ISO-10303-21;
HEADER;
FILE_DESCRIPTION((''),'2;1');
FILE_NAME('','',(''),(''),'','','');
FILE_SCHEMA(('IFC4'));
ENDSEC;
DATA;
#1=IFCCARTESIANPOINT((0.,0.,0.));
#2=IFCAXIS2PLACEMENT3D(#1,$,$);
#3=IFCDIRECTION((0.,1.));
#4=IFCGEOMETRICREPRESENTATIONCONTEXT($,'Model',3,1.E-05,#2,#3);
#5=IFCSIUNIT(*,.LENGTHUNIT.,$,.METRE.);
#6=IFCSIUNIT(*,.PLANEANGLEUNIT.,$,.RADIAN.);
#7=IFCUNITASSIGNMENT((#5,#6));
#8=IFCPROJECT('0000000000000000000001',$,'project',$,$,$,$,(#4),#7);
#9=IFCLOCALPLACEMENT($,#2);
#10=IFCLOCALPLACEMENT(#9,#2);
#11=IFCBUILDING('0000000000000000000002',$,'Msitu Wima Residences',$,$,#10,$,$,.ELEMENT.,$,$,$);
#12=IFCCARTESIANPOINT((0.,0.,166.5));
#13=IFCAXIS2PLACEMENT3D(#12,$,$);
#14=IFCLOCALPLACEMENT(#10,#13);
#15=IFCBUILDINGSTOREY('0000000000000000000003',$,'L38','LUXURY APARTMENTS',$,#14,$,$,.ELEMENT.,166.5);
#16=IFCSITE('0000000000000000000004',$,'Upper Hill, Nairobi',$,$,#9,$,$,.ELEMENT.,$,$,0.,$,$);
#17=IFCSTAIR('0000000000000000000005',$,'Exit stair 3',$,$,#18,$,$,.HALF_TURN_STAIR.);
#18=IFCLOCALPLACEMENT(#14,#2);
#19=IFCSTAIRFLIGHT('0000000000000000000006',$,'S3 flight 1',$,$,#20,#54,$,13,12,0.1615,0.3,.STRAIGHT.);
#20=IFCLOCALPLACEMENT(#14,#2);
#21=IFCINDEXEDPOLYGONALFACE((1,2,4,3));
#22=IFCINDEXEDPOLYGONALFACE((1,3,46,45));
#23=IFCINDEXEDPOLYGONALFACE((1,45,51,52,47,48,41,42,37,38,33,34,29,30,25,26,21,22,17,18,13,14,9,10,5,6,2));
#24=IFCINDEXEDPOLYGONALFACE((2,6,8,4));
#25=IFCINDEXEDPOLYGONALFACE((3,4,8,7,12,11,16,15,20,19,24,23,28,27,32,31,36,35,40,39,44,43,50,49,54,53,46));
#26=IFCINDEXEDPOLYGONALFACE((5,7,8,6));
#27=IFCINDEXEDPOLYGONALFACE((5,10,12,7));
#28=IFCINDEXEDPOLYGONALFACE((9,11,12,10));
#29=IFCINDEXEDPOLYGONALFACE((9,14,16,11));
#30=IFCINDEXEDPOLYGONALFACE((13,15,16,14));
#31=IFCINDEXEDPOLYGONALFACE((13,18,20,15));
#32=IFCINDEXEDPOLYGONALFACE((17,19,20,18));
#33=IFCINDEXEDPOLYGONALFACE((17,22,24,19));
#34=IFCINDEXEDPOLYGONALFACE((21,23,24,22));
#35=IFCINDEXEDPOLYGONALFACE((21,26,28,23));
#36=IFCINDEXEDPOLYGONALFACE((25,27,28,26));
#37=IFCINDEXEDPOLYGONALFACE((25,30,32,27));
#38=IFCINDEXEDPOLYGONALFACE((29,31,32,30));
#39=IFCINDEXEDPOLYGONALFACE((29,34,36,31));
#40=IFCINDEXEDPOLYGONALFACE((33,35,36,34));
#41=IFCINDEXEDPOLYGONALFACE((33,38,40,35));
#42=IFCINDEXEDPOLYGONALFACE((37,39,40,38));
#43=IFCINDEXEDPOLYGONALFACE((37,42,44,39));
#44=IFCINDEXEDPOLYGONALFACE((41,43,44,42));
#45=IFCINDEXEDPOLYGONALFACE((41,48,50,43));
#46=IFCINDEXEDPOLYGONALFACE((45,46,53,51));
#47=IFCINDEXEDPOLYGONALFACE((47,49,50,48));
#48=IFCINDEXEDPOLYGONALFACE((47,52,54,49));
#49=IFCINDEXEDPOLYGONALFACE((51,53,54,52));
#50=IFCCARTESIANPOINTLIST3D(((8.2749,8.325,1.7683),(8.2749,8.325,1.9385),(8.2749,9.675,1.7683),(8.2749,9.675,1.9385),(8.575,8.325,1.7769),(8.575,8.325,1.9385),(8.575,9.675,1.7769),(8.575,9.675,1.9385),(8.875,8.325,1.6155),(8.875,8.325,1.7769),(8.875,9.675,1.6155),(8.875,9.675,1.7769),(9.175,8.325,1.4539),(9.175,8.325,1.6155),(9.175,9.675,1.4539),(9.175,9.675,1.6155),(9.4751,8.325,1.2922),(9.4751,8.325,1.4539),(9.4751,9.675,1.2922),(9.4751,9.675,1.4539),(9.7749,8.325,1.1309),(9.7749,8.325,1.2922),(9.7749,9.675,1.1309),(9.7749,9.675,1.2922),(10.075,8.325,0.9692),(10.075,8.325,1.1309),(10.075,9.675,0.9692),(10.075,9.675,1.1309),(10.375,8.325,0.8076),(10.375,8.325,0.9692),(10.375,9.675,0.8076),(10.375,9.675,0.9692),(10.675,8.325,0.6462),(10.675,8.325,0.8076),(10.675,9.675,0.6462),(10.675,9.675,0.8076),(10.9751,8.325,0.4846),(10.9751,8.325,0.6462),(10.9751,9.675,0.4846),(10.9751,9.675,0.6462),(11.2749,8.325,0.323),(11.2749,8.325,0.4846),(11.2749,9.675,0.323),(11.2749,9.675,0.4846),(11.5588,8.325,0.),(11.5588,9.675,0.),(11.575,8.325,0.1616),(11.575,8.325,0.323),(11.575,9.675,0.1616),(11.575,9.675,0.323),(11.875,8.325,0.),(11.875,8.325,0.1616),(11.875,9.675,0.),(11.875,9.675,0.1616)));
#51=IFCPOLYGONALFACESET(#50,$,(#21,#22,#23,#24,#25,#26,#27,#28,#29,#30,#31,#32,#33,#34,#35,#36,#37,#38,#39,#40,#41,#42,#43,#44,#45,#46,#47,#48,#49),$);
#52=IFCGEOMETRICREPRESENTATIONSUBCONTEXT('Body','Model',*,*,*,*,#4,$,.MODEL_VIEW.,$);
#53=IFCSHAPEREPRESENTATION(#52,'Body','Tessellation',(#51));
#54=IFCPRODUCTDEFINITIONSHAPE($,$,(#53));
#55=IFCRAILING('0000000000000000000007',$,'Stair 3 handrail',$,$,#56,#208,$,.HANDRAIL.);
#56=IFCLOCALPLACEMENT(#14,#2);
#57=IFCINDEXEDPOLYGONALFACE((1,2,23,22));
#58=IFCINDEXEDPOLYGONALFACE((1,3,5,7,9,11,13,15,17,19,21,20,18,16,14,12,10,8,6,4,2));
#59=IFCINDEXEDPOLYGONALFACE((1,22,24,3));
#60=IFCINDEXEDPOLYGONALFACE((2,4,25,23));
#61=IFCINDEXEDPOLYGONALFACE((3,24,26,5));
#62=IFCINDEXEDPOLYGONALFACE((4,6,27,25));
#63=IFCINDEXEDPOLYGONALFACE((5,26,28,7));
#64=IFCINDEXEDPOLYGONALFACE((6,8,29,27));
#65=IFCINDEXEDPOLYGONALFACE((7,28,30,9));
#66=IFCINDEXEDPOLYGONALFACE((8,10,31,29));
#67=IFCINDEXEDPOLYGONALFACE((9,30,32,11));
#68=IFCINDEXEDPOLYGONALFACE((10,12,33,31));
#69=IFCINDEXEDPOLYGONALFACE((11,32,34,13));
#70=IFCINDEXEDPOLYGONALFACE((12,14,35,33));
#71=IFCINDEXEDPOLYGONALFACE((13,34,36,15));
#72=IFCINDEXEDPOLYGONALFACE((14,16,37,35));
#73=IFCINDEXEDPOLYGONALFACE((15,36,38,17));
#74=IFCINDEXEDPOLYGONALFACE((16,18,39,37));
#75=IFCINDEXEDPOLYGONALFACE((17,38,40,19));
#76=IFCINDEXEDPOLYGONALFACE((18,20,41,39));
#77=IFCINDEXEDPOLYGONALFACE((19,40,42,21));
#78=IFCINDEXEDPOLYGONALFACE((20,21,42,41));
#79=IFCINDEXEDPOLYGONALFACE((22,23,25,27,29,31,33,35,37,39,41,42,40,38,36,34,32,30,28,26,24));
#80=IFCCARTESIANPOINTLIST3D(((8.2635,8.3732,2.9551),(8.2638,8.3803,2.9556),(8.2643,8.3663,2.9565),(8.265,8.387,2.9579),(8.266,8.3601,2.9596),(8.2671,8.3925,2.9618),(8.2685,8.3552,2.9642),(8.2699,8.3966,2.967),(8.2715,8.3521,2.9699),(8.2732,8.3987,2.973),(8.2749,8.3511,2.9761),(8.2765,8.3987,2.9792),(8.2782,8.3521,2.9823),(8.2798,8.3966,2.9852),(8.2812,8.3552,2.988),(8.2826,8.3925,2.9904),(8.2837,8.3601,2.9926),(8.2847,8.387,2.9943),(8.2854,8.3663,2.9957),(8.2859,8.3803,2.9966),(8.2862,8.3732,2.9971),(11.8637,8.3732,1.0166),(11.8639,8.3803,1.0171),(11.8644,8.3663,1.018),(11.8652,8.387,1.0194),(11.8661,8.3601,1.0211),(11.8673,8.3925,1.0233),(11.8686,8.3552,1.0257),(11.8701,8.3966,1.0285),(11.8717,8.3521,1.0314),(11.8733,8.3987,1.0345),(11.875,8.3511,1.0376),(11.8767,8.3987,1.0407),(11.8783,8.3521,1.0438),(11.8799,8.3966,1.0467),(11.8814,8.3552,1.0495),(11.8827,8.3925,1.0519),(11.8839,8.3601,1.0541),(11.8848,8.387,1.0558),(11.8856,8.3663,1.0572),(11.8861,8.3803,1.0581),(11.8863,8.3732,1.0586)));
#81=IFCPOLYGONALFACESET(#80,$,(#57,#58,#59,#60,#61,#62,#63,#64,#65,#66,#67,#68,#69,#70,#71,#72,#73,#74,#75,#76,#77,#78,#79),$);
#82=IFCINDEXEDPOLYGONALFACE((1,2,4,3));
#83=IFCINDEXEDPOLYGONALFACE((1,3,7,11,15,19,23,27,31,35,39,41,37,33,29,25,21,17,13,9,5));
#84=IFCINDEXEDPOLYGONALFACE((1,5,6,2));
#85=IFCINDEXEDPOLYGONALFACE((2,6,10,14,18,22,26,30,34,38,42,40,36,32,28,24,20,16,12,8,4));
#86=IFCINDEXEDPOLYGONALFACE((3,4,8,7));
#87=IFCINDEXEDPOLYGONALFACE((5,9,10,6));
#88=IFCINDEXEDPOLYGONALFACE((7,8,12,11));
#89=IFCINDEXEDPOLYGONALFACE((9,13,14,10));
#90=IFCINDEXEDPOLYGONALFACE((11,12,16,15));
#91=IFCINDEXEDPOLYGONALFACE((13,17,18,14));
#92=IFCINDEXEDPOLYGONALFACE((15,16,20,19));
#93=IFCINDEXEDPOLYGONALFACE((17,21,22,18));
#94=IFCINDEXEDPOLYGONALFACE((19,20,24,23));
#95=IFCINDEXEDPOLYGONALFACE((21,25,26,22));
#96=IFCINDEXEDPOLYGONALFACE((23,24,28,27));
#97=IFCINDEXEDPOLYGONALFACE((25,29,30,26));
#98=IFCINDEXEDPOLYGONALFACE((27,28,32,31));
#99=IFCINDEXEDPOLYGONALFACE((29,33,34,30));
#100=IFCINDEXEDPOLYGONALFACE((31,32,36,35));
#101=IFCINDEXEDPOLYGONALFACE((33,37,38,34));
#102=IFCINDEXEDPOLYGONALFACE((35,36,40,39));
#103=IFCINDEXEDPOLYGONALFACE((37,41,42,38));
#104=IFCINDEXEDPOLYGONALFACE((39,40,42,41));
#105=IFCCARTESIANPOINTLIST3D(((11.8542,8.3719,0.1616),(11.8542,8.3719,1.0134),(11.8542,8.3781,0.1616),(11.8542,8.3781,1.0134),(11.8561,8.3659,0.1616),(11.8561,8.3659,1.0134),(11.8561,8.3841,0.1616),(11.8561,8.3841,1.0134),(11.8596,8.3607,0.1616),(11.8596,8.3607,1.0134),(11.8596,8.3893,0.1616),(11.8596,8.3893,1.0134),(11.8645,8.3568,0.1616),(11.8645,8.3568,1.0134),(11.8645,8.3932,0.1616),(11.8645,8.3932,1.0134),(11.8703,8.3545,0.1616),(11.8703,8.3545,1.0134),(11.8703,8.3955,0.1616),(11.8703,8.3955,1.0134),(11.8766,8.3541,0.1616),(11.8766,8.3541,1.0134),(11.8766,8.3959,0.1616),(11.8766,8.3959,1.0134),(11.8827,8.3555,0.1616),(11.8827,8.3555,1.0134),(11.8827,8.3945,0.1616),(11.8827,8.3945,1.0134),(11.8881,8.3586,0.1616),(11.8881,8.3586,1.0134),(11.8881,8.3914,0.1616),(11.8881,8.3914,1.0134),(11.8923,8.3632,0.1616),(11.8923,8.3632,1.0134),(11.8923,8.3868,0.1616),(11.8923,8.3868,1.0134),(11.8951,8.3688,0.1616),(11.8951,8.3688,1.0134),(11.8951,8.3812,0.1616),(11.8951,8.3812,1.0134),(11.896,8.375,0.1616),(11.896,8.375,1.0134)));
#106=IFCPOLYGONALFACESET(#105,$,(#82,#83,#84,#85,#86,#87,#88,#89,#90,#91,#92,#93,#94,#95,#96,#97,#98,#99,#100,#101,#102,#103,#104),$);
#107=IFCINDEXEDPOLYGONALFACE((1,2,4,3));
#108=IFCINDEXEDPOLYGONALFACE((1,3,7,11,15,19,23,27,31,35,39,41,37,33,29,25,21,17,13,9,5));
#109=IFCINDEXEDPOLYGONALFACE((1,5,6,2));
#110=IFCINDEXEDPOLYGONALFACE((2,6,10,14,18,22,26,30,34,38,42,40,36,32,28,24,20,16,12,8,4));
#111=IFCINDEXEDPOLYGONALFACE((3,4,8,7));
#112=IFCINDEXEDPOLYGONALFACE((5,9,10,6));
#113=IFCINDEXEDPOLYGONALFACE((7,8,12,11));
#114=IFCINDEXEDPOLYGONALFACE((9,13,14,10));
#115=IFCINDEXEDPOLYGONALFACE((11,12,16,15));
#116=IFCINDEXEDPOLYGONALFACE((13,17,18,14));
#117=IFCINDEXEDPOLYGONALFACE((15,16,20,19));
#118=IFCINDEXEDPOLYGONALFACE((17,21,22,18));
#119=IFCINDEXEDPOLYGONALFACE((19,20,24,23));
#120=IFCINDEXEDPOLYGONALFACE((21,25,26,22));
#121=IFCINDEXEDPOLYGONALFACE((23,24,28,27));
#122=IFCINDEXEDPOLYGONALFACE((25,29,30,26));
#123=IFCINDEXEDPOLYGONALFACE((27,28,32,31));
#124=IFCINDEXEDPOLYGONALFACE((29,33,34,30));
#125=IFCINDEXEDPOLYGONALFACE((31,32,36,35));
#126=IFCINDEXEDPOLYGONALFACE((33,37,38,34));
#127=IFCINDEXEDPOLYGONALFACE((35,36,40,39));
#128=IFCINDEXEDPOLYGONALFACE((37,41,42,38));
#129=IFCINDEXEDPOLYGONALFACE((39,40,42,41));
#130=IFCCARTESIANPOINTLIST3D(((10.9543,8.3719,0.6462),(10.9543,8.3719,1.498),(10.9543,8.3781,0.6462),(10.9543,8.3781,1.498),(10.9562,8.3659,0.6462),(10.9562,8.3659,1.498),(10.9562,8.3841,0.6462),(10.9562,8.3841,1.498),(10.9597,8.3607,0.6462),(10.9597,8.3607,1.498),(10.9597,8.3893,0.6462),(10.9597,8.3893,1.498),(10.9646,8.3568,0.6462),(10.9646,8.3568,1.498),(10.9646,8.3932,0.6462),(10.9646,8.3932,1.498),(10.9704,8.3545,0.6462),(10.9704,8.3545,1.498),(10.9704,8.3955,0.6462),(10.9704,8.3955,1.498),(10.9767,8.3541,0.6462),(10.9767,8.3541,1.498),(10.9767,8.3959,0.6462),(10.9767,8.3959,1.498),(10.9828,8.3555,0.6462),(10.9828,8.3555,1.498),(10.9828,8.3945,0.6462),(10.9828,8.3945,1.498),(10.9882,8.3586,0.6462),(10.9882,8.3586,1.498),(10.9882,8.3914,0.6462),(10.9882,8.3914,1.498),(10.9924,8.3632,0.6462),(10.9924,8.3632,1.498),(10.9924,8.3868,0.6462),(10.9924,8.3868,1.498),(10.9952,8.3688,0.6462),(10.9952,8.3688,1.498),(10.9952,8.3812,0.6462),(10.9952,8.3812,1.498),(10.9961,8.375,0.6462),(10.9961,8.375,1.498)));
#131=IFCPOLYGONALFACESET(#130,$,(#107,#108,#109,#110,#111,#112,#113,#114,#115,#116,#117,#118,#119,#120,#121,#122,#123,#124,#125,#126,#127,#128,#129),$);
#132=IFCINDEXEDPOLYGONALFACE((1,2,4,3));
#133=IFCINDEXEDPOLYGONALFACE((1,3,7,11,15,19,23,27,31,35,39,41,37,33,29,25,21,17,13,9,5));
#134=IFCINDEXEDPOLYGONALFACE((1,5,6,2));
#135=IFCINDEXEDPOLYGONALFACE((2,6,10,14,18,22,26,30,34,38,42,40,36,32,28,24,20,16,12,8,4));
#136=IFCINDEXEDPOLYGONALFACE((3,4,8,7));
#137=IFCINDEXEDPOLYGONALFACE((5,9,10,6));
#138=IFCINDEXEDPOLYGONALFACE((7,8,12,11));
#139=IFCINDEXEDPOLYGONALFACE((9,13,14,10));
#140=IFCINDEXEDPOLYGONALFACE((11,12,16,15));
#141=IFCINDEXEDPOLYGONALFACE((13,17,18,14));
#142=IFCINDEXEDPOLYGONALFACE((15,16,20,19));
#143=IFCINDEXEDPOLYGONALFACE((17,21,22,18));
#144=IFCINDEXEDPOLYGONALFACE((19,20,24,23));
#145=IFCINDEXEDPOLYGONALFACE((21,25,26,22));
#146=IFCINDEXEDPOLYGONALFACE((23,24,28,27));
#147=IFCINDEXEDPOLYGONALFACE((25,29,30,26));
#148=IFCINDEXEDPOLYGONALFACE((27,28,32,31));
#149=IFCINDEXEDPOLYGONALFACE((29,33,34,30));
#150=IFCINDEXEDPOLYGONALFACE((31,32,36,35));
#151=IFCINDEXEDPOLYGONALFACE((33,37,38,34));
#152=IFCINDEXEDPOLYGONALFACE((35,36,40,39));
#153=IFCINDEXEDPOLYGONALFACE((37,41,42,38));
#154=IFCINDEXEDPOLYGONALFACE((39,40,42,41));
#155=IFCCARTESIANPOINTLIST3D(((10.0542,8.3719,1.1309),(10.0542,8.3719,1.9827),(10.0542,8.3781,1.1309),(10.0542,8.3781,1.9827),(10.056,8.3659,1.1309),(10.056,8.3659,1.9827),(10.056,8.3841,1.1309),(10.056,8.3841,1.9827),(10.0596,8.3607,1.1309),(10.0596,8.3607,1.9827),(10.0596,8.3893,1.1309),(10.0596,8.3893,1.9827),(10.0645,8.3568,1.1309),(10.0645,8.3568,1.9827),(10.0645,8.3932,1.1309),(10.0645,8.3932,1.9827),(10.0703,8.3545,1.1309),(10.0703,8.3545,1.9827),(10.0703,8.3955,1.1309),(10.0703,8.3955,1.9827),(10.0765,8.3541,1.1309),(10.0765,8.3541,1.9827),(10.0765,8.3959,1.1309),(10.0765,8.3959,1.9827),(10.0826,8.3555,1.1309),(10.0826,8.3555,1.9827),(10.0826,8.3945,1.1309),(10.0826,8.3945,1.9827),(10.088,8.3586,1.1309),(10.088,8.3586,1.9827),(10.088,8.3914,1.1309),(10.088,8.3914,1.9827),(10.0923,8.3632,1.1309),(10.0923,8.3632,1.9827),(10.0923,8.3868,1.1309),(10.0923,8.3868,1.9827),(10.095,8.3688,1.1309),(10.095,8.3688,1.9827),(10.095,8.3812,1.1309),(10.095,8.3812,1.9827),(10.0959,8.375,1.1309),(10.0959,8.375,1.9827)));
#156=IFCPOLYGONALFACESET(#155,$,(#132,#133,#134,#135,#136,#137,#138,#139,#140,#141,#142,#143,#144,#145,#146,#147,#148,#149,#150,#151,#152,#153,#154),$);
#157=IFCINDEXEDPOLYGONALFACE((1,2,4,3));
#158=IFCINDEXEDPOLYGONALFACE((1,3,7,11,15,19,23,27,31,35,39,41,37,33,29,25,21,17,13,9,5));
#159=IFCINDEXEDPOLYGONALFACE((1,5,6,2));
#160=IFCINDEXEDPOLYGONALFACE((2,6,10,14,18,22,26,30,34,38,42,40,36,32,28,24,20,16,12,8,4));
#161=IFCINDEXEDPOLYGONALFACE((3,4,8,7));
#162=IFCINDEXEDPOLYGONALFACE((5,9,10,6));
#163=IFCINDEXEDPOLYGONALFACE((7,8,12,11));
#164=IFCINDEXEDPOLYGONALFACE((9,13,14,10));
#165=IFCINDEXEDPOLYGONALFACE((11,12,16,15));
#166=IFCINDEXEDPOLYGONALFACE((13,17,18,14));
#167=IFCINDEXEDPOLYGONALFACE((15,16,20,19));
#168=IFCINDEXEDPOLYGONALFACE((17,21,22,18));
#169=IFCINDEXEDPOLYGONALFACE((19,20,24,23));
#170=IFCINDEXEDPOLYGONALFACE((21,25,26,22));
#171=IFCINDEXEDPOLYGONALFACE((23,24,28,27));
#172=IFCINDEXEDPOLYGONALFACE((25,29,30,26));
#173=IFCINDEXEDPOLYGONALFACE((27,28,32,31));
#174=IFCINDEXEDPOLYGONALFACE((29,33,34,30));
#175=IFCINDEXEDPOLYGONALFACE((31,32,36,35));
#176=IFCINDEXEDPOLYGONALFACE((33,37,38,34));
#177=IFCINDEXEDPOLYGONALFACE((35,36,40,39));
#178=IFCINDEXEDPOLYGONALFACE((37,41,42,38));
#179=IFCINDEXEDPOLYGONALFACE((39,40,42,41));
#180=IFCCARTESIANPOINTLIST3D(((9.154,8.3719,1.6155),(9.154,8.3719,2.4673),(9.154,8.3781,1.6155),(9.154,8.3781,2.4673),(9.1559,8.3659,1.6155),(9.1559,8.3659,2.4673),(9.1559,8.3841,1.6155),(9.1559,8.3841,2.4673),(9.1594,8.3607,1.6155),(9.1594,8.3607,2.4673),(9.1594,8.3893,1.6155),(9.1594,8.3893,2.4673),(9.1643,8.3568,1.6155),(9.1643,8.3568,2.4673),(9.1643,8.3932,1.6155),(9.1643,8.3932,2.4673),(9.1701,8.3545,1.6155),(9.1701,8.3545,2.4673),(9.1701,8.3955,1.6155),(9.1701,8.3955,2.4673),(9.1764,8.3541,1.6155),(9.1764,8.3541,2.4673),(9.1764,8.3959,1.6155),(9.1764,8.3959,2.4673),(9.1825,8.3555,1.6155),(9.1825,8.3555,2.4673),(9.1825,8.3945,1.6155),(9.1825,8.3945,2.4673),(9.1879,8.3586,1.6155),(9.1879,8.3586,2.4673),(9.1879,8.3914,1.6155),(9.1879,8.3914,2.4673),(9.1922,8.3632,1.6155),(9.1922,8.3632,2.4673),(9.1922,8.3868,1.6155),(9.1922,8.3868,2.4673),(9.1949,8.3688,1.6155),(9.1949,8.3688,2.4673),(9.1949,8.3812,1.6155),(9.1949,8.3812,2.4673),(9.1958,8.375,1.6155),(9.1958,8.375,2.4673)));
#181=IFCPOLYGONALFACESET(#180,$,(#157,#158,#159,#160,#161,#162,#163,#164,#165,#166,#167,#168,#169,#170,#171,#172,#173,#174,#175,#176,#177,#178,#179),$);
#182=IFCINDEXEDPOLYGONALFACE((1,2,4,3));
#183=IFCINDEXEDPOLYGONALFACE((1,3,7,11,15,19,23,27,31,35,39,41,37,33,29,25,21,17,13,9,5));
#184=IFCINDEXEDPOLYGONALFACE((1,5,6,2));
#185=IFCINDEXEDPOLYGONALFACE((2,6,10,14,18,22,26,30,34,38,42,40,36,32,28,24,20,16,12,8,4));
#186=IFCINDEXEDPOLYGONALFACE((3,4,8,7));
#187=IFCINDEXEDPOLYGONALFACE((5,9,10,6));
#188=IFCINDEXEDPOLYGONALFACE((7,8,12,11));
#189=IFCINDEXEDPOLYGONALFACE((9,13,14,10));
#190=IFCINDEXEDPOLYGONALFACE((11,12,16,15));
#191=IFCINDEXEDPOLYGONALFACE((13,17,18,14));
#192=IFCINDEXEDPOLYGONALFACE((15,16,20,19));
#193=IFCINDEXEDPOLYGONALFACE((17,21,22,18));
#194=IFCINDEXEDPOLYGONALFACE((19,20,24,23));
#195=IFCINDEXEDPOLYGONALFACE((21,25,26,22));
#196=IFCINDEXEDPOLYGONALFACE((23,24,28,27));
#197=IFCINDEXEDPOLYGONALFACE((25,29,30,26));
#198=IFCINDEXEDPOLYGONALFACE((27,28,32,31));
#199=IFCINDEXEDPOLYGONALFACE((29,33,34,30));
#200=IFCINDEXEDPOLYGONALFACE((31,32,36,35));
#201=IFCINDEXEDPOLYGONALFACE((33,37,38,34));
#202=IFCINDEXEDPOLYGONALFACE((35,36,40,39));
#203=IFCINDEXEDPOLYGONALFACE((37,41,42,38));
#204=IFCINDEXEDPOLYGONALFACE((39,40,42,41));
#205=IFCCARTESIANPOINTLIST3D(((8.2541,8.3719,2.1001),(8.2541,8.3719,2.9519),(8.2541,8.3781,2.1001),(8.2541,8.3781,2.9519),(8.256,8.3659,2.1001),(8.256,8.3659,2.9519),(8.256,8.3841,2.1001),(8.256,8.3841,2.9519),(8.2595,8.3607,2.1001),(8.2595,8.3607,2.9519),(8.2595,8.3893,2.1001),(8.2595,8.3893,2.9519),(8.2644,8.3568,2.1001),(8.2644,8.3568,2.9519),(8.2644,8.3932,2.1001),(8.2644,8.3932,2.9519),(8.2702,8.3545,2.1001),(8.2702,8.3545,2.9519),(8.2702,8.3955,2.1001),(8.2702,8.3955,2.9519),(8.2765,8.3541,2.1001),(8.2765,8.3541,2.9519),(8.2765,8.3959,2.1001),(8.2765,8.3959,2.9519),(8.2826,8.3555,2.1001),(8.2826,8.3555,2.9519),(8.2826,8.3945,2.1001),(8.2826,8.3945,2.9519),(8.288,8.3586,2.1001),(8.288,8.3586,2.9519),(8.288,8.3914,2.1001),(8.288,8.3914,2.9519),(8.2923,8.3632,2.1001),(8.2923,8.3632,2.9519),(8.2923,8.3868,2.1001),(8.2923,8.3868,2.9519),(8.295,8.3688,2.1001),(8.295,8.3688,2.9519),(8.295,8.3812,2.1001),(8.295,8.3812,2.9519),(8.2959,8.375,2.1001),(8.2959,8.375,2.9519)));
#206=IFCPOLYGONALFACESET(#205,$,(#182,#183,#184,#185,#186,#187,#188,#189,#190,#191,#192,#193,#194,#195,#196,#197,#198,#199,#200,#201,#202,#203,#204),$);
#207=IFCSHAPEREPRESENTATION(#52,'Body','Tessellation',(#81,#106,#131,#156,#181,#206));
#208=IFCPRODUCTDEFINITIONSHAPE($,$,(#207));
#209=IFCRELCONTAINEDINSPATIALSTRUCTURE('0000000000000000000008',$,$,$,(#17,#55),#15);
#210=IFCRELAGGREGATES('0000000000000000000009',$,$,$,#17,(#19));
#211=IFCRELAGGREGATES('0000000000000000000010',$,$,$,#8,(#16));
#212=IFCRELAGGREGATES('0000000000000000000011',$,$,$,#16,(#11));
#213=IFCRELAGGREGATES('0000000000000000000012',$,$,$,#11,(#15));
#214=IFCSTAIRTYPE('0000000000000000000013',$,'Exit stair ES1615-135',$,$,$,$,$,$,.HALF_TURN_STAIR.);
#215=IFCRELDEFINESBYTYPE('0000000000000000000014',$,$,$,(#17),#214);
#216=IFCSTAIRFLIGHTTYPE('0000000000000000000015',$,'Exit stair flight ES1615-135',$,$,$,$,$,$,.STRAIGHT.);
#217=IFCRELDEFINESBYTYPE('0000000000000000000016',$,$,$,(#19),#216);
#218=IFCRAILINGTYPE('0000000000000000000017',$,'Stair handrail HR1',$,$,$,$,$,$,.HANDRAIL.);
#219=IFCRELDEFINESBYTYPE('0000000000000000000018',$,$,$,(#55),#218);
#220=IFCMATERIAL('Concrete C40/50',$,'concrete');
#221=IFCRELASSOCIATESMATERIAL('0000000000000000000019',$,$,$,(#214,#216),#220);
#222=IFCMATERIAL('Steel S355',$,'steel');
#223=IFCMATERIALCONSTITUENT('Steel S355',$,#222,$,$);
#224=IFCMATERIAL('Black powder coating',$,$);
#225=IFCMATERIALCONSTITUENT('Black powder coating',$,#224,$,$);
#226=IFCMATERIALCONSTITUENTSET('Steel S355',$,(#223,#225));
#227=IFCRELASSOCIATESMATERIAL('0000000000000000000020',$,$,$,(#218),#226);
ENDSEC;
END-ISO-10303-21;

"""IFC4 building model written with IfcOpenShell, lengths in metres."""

from ifc_helpers import new_model, si_unit, direction, frame, origin, origin_2d, place, context, subcontext, project, spatial, polyline, circle, outline, extrude, material, constituent, constituent_set, type_object, element, aggregate, save


model = new_model("IFC4")

# Units and contexts
model_context = context("Model", 3, precision=1e-05, world=origin(), true_north=direction((0.0, 1.0)))
body_context = subcontext(model_context, "Body", "Model", "MODEL_VIEW")
ifc_project = project(units=[si_unit("LENGTHUNIT", "METRE"), si_unit("PLANEANGLEUNIT", "RADIAN")], contexts=[model_context])

# Site, building, storey
site_placement = place(None, origin())
site = spatial("IfcSite", under=ifc_project, at=site_placement, Name="Upper Hill, Nairobi", CompositionType="ELEMENT", RefElevation=0.0)
building_placement = place(site_placement, origin())
building = spatial("IfcBuilding", under=site, at=building_placement, Name="Msitu Wima Residences", CompositionType="ELEMENT")
storey_placement = place(building_placement, frame((0.0, 0.0, 166.5)))
storey = spatial("IfcBuildingStorey", under=building, at=storey_placement, Name="L38", Description="LUXURY APARTMENTS", CompositionType="ELEMENT", Elevation=166.5)

# Shared definitions
ifc_material_1 = material(Name="Concrete C40/50", Category="concrete")

# Stair
stair_type = type_object("IfcStairType", Name="Exit stair ES1615-135", PredefinedType="HALF_TURN_STAIR", material=ifc_material_1)
stair_1_placement = place(storey_placement, origin())
stair_1 = element("IfcStair", 1, at=stair_1_placement, inside=storey, type_object=stair_type, Name="Exit stair 3", PredefinedType="HALF_TURN_STAIR")

# Stair flight
stair_flight_type = type_object("IfcStairFlightType", Name="Exit stair flight ES1615-135", PredefinedType="STRAIGHT", material=ifc_material_1)
stair_flight_placement = place(storey_placement, frame((11.875, 9.0, 0.0), z_axis=(0.0, 0.0, 1.0), x_axis=(-1.0, 0.0, 0.0)))
stair_flight = element("IfcStairFlight", 2, at=stair_flight_placement, type_object=stair_flight_type, Name="S3 flight 1", NumberOfRisers=13, NumberOfTreads=12, PredefinedType="STRAIGHT", RiserHeight=0.1615, TreadLength=0.3, context=body_context, shape_type="SweptSolid", body=[
    extrude(outline(polyline([(0.0, 0.0), (0.0, 0.1616), (0.3, 0.1616), (0.3, 0.323), (0.6001, 0.323), (0.6001, 0.4846), (0.8999, 0.4846), (0.8999, 0.6462), (1.2, 0.6462), (1.2, 0.8076), (1.5, 0.8076), (1.5, 0.9692), (1.8, 0.9692), (1.8, 1.1309), (2.1001, 1.1309), (2.1001, 1.2922), (2.3999, 1.2922), (2.3999, 1.4539), (2.7, 1.4539), (2.7, 1.6155), (3.0, 1.6155), (3.0, 1.7769), (3.3, 1.7769), (3.3, 1.9385), (3.6001, 1.9385), (3.6001, 2.1001), (3.6001, 1.7683), (0.3162, 0.0), (0.0, 0.0)])), frame((0.0, 0.675, 0.0), z_axis=(0.0, -1.0, 0.0), x_axis=(1.0, 0.0, 0.0)), (0.0, 0.0, 1.0), 1.3501),
])
aggregate(stair_1, [stair_flight])

# Railing
ifc_material_2 = material(Name="Steel S355", Category="steel")
ifc_constituent_1 = constituent(ifc_material_2, Name="Steel S355")
ifc_material_3 = material(Name="Black powder coating")
ifc_constituent_2 = constituent(ifc_material_3, Name="Black powder coating")
ifc_constituent_set = constituent_set(constituents=[ifc_constituent_1, ifc_constituent_2], Name="Steel S355")
railing_type = type_object("IfcRailingType", Name="Stair handrail HR1", PredefinedType="HANDRAIL", material=ifc_constituent_set)
railing_placement = place(storey_placement, frame((11.875, 8.375, 0.1616)))
element("IfcRailing", 3, at=railing_placement, inside=storey, type_object=railing_type, Name="Stair 3 handrail", PredefinedType="HANDRAIL", context=body_context, shape_type="SweptSolid", body=[
    extrude(circle(Radius=0.0239, at=origin_2d()), frame((0.0, 0.0, 0.876), z_axis=(-0.880475, 0.0, 0.474093), x_axis=(0.0, -1.0, 0.0)), (0.0, 0.0, 1.0), 4.0889),
    extrude(circle(Radius=0.021, at=origin_2d()), origin(), (0.0, 0.0, 1.0), 0.8518),
    extrude(circle(Radius=0.021, at=origin_2d()), frame((-0.8999, 0.0, 0.4846)), (0.0, 0.0, 1.0), 0.8518),
    extrude(circle(Radius=0.021, at=origin_2d()), frame((-1.8, 0.0, 0.9692)), (0.0, 0.0, 1.0), 0.8518),
    extrude(circle(Radius=0.021, at=origin_2d()), frame((-2.7002, 0.0, 1.4539)), (0.0, 0.0, 1.0), 0.8518),
    extrude(circle(Radius=0.021, at=origin_2d()), frame((-3.6001, 0.0, 1.9385)), (0.0, 0.0, 1.0), 0.8518),
])

save(model, "model.ifc")
